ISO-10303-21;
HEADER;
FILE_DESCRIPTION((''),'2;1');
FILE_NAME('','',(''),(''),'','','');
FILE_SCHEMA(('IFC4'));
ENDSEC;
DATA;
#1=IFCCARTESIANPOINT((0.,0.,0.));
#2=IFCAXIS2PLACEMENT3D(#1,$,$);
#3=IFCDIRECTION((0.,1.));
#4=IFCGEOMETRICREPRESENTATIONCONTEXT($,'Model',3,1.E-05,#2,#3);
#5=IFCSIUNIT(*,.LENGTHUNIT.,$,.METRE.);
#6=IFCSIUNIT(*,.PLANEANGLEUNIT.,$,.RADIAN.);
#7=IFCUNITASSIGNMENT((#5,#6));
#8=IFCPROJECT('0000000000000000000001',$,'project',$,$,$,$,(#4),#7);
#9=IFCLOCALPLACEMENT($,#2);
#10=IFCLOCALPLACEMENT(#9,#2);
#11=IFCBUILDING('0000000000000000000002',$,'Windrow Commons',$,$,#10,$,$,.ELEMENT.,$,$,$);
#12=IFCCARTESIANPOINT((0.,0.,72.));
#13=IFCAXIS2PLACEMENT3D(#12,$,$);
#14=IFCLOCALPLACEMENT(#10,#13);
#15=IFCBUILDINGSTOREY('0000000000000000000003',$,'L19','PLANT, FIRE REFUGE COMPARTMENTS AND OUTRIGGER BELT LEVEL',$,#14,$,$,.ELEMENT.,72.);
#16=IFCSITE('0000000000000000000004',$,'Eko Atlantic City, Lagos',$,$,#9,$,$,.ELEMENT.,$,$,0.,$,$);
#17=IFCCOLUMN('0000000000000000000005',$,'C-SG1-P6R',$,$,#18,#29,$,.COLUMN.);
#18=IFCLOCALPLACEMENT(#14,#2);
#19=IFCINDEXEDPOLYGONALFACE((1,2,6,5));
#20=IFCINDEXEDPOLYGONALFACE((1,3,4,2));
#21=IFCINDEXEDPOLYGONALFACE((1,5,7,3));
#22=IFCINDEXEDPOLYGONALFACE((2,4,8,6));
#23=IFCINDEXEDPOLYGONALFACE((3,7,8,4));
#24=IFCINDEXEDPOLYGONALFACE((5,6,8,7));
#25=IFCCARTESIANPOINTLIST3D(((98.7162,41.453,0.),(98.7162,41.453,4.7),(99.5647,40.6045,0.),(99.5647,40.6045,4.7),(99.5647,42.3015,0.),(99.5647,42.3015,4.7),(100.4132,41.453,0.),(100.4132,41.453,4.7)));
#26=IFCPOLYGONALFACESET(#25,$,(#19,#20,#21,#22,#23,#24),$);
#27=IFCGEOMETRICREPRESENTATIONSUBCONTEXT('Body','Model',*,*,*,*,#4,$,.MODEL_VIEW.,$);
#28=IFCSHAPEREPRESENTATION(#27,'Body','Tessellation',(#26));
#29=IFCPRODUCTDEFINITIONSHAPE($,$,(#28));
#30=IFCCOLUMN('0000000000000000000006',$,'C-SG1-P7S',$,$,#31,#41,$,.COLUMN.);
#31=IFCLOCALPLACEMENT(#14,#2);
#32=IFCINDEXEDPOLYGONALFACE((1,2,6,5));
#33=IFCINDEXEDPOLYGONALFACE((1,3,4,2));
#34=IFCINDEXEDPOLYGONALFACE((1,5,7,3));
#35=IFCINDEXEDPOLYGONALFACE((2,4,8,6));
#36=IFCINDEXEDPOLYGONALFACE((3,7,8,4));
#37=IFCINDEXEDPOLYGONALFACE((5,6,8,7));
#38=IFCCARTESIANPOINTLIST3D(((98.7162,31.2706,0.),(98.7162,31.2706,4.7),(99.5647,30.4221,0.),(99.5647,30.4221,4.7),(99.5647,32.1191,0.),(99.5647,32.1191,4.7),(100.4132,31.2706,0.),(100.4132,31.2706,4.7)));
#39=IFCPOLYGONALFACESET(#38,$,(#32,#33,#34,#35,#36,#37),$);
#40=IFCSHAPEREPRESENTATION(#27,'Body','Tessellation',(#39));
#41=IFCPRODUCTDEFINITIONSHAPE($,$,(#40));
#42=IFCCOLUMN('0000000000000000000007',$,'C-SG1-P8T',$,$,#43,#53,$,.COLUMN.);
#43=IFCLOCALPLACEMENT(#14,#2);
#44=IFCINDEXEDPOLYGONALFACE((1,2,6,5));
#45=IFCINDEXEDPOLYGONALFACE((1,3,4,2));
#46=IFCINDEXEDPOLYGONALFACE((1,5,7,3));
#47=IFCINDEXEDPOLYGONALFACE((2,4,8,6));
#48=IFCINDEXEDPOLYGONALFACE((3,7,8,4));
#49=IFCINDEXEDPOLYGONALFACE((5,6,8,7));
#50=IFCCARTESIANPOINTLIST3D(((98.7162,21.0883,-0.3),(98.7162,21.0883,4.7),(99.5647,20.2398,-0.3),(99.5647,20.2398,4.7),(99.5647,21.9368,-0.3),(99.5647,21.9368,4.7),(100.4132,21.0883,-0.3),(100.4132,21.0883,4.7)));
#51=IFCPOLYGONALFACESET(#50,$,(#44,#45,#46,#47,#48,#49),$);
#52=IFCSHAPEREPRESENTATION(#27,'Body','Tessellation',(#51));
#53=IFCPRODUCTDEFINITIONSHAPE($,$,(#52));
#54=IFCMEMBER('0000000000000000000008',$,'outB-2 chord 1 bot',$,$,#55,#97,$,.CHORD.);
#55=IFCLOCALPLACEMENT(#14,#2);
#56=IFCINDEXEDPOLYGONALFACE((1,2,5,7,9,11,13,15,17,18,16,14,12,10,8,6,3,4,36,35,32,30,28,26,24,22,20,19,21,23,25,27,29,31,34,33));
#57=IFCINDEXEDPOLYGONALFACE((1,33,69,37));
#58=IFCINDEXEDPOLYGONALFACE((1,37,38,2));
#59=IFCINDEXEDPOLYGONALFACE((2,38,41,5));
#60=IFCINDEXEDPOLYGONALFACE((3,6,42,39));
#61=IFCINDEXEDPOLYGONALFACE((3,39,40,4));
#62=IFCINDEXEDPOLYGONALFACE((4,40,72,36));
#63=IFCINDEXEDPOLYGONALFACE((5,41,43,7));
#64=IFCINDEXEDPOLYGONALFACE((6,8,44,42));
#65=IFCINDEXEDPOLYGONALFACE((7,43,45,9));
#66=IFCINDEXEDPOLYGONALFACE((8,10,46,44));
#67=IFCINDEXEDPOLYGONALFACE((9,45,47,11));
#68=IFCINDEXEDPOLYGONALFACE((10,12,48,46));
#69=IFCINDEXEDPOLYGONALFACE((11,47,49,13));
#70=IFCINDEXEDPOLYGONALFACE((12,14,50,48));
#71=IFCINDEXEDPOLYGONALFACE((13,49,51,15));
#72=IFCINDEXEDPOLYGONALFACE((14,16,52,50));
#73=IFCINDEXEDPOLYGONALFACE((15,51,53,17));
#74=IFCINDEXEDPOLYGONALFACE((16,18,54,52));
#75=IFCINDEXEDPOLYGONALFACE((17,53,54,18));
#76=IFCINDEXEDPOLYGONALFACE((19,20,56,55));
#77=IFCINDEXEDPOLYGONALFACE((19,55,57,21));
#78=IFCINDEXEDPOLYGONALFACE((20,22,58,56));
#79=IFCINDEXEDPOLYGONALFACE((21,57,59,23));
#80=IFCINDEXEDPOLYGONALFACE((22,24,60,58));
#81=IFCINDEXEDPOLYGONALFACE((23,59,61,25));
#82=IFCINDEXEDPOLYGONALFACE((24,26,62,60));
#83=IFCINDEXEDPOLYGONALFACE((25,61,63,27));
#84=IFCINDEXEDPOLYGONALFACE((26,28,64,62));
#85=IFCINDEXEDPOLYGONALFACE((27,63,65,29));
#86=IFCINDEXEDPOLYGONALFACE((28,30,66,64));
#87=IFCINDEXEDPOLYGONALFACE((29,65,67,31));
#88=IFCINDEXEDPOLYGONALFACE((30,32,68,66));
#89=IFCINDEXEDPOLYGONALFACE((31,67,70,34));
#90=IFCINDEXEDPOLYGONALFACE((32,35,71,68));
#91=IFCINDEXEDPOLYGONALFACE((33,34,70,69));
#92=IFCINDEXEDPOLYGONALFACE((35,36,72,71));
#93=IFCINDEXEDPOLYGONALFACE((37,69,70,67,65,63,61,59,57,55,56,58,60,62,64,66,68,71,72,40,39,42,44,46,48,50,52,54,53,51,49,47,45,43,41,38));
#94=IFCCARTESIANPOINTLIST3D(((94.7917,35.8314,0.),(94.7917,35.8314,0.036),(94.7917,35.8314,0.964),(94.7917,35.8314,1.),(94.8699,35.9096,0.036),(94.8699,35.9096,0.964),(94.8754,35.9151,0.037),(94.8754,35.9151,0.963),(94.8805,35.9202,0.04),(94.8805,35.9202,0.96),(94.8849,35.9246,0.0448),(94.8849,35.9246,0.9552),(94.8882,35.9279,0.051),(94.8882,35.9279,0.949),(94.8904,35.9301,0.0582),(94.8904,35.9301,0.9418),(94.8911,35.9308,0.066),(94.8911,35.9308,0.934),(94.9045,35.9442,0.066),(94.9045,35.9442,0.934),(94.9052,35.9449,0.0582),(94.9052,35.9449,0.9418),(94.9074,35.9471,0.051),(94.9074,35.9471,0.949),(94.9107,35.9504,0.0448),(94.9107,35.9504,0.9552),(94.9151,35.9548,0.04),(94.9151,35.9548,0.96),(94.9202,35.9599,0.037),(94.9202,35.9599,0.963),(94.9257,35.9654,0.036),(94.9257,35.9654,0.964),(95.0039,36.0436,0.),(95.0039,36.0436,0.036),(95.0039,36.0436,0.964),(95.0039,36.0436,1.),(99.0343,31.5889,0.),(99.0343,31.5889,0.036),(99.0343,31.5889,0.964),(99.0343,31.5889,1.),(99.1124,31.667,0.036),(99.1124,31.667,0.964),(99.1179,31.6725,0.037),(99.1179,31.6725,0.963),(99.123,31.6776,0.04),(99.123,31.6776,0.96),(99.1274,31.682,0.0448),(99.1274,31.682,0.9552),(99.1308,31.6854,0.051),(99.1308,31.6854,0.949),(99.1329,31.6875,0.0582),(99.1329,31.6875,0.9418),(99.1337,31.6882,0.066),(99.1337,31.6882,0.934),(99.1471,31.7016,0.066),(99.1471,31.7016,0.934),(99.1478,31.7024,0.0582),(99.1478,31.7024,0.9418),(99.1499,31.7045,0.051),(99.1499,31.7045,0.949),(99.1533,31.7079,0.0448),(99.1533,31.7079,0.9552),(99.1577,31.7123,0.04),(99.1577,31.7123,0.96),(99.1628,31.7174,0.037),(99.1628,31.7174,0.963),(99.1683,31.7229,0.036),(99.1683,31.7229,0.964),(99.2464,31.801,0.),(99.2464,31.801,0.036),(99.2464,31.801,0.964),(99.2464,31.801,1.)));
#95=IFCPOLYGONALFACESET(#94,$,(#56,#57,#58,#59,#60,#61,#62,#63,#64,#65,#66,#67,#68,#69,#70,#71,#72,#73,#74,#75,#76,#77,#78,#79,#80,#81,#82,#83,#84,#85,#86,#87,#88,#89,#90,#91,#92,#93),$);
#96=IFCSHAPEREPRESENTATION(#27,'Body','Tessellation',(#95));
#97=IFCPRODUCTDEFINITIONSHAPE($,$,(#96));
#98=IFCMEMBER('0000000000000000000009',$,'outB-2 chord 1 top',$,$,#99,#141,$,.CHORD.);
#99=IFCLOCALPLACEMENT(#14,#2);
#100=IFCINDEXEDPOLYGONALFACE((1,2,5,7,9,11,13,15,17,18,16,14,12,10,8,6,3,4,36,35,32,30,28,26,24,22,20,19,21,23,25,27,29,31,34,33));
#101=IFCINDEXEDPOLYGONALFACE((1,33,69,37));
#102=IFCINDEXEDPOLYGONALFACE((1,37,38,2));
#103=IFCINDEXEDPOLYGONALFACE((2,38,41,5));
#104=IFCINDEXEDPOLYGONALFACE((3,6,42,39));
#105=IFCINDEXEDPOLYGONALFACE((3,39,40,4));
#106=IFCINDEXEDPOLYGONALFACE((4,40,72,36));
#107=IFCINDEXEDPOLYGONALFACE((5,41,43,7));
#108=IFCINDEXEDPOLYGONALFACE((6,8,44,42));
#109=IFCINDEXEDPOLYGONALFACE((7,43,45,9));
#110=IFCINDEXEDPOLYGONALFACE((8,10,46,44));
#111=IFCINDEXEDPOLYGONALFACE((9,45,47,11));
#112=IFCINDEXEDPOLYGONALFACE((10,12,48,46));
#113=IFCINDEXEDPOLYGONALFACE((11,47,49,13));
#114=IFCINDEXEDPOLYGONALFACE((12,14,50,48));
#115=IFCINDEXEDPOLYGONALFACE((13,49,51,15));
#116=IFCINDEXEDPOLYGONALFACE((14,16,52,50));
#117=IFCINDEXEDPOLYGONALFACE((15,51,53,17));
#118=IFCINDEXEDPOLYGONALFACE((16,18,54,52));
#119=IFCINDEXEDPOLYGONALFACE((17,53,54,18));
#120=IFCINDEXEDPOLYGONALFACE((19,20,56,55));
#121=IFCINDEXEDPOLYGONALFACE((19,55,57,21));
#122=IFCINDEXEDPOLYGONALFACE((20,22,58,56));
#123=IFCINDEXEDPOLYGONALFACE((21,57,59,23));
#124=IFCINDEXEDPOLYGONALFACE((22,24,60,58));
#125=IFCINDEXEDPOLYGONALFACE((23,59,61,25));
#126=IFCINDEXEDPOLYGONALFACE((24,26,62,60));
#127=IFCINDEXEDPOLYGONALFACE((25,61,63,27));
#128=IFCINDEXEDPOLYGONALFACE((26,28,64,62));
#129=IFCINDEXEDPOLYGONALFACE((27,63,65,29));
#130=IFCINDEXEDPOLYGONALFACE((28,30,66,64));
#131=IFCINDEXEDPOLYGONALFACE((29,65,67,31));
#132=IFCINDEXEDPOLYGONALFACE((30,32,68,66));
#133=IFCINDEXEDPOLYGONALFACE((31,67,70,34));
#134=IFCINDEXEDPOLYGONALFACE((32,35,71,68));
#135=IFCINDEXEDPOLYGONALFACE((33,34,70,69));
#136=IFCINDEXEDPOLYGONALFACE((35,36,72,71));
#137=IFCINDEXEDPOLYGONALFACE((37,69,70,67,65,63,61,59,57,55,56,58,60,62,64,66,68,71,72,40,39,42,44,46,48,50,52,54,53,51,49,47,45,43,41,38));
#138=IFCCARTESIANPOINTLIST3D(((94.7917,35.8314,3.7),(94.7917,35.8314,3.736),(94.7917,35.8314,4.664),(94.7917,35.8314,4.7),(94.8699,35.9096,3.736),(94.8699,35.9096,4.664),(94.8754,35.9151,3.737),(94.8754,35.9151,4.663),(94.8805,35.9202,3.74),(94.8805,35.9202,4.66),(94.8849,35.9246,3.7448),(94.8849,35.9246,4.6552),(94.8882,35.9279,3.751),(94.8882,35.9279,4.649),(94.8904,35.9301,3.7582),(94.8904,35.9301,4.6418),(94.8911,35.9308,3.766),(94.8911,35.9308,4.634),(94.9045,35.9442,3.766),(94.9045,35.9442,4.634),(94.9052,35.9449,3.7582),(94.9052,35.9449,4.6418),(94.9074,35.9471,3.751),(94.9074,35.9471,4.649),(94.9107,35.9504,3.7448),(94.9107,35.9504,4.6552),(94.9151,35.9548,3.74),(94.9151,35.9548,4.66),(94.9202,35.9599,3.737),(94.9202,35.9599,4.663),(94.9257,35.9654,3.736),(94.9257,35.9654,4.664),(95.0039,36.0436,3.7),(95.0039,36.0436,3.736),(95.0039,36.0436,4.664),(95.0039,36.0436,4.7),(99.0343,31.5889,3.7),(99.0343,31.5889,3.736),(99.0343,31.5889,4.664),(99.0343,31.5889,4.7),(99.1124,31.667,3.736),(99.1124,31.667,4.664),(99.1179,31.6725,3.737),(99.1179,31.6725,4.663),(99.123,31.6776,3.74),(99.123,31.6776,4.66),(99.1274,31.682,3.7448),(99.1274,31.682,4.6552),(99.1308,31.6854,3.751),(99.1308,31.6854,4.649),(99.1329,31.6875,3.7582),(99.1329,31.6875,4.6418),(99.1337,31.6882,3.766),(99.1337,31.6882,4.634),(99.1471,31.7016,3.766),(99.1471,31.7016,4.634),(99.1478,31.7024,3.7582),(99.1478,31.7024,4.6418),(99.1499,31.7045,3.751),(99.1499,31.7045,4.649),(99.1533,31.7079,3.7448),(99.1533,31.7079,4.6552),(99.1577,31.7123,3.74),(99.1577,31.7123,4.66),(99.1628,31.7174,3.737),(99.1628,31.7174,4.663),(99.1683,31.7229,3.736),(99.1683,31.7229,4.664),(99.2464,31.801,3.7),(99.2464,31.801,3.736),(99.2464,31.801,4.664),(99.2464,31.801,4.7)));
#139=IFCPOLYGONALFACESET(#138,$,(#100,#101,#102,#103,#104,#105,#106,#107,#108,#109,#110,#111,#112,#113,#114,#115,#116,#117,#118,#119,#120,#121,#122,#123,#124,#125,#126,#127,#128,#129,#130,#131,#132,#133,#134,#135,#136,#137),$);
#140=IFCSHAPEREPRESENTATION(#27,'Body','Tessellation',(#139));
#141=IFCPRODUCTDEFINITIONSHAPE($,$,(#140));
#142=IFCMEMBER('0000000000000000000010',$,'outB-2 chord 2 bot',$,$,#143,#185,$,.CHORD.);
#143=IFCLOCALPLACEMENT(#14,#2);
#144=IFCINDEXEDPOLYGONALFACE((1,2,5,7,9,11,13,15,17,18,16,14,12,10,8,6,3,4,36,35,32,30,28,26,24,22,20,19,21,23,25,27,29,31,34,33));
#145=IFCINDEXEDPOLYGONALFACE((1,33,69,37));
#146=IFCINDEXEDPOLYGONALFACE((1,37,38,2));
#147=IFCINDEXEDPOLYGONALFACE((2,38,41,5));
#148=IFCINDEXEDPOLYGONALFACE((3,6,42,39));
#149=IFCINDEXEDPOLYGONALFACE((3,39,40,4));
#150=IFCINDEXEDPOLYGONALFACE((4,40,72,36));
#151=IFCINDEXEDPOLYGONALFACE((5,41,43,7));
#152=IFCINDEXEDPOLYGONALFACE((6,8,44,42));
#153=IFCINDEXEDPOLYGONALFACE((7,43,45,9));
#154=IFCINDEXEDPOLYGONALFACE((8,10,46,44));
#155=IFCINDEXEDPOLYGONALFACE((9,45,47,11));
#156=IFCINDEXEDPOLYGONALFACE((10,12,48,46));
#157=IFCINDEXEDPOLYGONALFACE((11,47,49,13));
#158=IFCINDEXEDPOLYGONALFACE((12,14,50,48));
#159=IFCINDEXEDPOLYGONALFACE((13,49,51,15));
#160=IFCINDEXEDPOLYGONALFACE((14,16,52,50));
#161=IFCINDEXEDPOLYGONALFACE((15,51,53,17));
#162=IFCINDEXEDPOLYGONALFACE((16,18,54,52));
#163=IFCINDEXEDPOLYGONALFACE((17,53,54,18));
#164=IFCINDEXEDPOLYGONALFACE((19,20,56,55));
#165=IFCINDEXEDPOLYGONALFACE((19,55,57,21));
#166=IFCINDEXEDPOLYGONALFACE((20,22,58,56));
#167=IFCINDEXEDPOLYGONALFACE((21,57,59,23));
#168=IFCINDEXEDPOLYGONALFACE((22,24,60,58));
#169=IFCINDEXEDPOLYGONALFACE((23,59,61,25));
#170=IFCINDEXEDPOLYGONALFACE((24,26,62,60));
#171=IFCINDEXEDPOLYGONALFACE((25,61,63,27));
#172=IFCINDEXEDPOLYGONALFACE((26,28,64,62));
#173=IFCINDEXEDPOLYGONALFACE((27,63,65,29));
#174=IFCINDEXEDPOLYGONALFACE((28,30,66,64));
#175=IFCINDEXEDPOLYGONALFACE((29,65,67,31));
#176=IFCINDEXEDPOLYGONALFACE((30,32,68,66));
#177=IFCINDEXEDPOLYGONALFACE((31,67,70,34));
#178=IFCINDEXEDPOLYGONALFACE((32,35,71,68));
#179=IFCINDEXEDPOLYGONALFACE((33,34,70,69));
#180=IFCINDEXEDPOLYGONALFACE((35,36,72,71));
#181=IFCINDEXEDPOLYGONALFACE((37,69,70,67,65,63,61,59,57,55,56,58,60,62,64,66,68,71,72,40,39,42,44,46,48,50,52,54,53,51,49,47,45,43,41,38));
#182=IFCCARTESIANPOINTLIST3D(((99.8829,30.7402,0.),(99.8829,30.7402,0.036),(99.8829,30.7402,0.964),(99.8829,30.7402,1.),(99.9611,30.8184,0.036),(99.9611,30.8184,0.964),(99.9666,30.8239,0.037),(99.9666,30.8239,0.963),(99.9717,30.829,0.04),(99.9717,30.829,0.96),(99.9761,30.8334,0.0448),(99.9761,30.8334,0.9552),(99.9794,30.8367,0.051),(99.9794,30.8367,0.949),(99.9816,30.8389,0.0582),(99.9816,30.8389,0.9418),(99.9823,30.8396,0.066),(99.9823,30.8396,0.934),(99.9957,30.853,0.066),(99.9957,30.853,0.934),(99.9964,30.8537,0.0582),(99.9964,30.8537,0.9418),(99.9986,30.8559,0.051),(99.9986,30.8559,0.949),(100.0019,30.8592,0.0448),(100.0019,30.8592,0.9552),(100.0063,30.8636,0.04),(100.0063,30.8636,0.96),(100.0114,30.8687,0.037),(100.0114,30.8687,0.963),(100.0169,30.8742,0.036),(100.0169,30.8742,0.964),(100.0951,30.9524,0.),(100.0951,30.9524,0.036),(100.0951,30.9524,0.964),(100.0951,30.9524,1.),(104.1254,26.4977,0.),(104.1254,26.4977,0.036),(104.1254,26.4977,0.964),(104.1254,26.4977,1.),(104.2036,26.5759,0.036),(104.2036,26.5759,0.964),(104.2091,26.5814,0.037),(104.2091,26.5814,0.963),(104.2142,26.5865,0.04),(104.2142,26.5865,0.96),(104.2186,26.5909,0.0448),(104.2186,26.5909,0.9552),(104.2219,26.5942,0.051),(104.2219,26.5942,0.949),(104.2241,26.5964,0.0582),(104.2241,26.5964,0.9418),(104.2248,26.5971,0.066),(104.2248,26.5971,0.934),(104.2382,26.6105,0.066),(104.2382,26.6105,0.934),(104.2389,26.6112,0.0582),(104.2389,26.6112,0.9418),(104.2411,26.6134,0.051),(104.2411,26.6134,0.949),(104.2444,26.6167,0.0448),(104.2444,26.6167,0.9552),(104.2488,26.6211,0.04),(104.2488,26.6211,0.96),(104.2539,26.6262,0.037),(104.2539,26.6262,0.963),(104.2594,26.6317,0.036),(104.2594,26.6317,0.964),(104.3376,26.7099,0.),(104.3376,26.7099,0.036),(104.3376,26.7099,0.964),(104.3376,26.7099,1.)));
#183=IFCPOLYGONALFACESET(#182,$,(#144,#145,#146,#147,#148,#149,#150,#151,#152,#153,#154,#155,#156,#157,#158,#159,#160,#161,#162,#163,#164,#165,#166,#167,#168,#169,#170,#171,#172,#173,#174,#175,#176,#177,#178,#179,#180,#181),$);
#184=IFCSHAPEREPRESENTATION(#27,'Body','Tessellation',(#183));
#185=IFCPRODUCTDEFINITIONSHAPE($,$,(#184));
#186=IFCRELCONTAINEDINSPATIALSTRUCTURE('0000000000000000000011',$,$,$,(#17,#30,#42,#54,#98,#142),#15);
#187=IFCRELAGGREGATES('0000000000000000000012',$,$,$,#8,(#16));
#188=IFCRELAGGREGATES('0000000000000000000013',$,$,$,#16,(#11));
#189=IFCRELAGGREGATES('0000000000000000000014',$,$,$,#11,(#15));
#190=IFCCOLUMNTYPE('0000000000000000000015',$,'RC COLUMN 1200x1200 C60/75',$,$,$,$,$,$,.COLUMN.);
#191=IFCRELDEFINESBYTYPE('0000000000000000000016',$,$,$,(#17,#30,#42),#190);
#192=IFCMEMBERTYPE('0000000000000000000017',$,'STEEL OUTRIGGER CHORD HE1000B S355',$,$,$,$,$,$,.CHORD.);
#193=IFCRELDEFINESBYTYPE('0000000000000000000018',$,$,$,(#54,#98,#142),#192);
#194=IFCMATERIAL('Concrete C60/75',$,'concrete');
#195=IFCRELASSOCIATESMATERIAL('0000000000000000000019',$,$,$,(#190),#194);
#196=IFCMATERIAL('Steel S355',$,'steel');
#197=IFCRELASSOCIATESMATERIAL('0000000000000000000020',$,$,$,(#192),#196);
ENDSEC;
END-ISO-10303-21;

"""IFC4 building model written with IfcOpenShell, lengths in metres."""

from ifc_helpers import new_model, si_unit, direction, frame, origin, origin_2d, place, context, subcontext, project, spatial, rectangle, i_section, extrude, material, material_profile, profile_set, type_object, element, save


model = new_model("IFC4")

# Units and contexts
model_context = context("Model", 3, precision=1e-05, world=origin(), true_north=direction((0.0, 1.0)))
body_context = subcontext(model_context, "Body", "Model", "MODEL_VIEW")
ifc_project = project(units=[si_unit("LENGTHUNIT", "METRE"), si_unit("PLANEANGLEUNIT", "RADIAN")], contexts=[model_context])

# Site, building, storey
site_placement = place(None, origin())
site = spatial("IfcSite", under=ifc_project, at=site_placement, Name="Eko Atlantic City, Lagos", CompositionType="ELEMENT", RefElevation=0.0)
building_placement = place(site_placement, origin())
building = spatial("IfcBuilding", under=site, at=building_placement, Name="Windrow Commons", CompositionType="ELEMENT")
storey_placement = place(building_placement, frame((0.0, 0.0, 72.0)))
storey = spatial("IfcBuildingStorey", under=building, at=storey_placement, Name="L19", Description="PLANT, FIRE REFUGE COMPARTMENTS AND OUTRIGGER BELT LEVEL", CompositionType="ELEMENT", Elevation=72.0)

# Columns
ifc_material_1 = material(Name="Concrete C60/75", Category="concrete")
ifc_material_profile_1 = material_profile(ifc_material_1, rectangle(XDim=1.2, YDim=1.2, at=origin_2d()))
ifc_profile_set_1 = profile_set([ifc_material_profile_1], Name="Concrete C60/75")
column_type = type_object("IfcColumnType", Name="RC COLUMN 1200x1200 C60/75", PredefinedType="COLUMN", material=ifc_profile_set_1)
for number, where, z_axis, x_axis, name in (
    (1, (99.5647, 41.453, 0.0), (0.0, 0.0, 1.0), (0.707107, -0.707107, 0.0), "C-SG1-P6R"),
    (2, (99.5647, 31.2706, 0.0), (0.0, 0.0, 1.0), (0.707107, -0.707107, 0.0), "C-SG1-P7S"),
):
    element("IfcColumn", number, at=place(storey_placement, frame(where, z_axis=z_axis, x_axis=x_axis)), inside=storey, type_object=column_type, Name=name, PredefinedType="COLUMN", context=body_context, shape_type="SweptSolid", body=[
        extrude(rectangle(XDim=1.2, YDim=1.2, at=origin_2d()), origin(), (0.0, 0.0, 1.0), 4.7),
    ])
column_placement = place(storey_placement, frame((99.5647, 21.0883, -0.3), z_axis=(0.0, 0.0, 1.0), x_axis=(0.707107, -0.707107, 0.0)))
element("IfcColumn", 3, at=column_placement, inside=storey, type_object=column_type, Name="C-SG1-P8T", PredefinedType="COLUMN", context=body_context, shape_type="SweptSolid", body=[
    extrude(rectangle(XDim=1.2, YDim=1.2, at=origin_2d()), origin(), (0.0, 0.0, 1.0), 5.0),
])

# Members
ifc_material_2 = material(Name="Steel S355", Category="steel")
ifc_material_profile_2 = material_profile(ifc_material_2, i_section(OverallWidth=0.3, OverallDepth=1.0, WebThickness=0.019, FlangeThickness=0.036, FilletRadius=0.03, at=origin_2d()))
ifc_profile_set_2 = profile_set([ifc_material_profile_2], Name="Steel S355")
member_type_1 = type_object("IfcMemberType", Name="STEEL OUTRIGGER CHORD HE1000B S355", PredefinedType="CHORD", material=ifc_profile_set_2)
for number, where, z_axis, x_axis, name in (
    (4, (94.8978, 35.9375, 0.5), (0.707107, -0.707107, 0.0), (0.707107, 0.707107, 0.0), "outB-2 chord 1 bot"),
    (5, (94.8978, 35.9375, 4.2), (0.707107, -0.707107, 0.0), (0.707107, 0.707107, 0.0), "outB-2 chord 1 top"),
):
    element("IfcMember", number, at=place(storey_placement, frame(where, z_axis=z_axis, x_axis=x_axis)), inside=storey, type_object=member_type_1, Name=name, PredefinedType="CHORD", context=body_context, shape_type="SweptSolid", body=[
        extrude(i_section(OverallWidth=0.3, OverallDepth=1.0, WebThickness=0.019, FlangeThickness=0.036, FilletRadius=0.03, at=origin_2d()), origin(), (0.0, 0.0, 1.0), 5.9999),
    ])
for number, where, z_axis, x_axis, name in (
    (6, (99.989, 30.8463, 0.5), (0.707107, -0.707107, 0.0), (0.707107, 0.707107, 0.0), "outB-2 chord 2 bot"),
):
    element("IfcMember", number, at=place(storey_placement, frame(where, z_axis=z_axis, x_axis=x_axis)), inside=storey, type_object=member_type_1, Name=name, PredefinedType="CHORD", context=body_context, shape_type="SweptSolid", body=[
        extrude(i_section(OverallWidth=0.3, OverallDepth=1.0, WebThickness=0.019, FlangeThickness=0.036, FilletRadius=0.03, at=origin_2d()), origin(), (0.0, 0.0, 1.0), 5.9998),
    ])

save(model, "model.ifc")
